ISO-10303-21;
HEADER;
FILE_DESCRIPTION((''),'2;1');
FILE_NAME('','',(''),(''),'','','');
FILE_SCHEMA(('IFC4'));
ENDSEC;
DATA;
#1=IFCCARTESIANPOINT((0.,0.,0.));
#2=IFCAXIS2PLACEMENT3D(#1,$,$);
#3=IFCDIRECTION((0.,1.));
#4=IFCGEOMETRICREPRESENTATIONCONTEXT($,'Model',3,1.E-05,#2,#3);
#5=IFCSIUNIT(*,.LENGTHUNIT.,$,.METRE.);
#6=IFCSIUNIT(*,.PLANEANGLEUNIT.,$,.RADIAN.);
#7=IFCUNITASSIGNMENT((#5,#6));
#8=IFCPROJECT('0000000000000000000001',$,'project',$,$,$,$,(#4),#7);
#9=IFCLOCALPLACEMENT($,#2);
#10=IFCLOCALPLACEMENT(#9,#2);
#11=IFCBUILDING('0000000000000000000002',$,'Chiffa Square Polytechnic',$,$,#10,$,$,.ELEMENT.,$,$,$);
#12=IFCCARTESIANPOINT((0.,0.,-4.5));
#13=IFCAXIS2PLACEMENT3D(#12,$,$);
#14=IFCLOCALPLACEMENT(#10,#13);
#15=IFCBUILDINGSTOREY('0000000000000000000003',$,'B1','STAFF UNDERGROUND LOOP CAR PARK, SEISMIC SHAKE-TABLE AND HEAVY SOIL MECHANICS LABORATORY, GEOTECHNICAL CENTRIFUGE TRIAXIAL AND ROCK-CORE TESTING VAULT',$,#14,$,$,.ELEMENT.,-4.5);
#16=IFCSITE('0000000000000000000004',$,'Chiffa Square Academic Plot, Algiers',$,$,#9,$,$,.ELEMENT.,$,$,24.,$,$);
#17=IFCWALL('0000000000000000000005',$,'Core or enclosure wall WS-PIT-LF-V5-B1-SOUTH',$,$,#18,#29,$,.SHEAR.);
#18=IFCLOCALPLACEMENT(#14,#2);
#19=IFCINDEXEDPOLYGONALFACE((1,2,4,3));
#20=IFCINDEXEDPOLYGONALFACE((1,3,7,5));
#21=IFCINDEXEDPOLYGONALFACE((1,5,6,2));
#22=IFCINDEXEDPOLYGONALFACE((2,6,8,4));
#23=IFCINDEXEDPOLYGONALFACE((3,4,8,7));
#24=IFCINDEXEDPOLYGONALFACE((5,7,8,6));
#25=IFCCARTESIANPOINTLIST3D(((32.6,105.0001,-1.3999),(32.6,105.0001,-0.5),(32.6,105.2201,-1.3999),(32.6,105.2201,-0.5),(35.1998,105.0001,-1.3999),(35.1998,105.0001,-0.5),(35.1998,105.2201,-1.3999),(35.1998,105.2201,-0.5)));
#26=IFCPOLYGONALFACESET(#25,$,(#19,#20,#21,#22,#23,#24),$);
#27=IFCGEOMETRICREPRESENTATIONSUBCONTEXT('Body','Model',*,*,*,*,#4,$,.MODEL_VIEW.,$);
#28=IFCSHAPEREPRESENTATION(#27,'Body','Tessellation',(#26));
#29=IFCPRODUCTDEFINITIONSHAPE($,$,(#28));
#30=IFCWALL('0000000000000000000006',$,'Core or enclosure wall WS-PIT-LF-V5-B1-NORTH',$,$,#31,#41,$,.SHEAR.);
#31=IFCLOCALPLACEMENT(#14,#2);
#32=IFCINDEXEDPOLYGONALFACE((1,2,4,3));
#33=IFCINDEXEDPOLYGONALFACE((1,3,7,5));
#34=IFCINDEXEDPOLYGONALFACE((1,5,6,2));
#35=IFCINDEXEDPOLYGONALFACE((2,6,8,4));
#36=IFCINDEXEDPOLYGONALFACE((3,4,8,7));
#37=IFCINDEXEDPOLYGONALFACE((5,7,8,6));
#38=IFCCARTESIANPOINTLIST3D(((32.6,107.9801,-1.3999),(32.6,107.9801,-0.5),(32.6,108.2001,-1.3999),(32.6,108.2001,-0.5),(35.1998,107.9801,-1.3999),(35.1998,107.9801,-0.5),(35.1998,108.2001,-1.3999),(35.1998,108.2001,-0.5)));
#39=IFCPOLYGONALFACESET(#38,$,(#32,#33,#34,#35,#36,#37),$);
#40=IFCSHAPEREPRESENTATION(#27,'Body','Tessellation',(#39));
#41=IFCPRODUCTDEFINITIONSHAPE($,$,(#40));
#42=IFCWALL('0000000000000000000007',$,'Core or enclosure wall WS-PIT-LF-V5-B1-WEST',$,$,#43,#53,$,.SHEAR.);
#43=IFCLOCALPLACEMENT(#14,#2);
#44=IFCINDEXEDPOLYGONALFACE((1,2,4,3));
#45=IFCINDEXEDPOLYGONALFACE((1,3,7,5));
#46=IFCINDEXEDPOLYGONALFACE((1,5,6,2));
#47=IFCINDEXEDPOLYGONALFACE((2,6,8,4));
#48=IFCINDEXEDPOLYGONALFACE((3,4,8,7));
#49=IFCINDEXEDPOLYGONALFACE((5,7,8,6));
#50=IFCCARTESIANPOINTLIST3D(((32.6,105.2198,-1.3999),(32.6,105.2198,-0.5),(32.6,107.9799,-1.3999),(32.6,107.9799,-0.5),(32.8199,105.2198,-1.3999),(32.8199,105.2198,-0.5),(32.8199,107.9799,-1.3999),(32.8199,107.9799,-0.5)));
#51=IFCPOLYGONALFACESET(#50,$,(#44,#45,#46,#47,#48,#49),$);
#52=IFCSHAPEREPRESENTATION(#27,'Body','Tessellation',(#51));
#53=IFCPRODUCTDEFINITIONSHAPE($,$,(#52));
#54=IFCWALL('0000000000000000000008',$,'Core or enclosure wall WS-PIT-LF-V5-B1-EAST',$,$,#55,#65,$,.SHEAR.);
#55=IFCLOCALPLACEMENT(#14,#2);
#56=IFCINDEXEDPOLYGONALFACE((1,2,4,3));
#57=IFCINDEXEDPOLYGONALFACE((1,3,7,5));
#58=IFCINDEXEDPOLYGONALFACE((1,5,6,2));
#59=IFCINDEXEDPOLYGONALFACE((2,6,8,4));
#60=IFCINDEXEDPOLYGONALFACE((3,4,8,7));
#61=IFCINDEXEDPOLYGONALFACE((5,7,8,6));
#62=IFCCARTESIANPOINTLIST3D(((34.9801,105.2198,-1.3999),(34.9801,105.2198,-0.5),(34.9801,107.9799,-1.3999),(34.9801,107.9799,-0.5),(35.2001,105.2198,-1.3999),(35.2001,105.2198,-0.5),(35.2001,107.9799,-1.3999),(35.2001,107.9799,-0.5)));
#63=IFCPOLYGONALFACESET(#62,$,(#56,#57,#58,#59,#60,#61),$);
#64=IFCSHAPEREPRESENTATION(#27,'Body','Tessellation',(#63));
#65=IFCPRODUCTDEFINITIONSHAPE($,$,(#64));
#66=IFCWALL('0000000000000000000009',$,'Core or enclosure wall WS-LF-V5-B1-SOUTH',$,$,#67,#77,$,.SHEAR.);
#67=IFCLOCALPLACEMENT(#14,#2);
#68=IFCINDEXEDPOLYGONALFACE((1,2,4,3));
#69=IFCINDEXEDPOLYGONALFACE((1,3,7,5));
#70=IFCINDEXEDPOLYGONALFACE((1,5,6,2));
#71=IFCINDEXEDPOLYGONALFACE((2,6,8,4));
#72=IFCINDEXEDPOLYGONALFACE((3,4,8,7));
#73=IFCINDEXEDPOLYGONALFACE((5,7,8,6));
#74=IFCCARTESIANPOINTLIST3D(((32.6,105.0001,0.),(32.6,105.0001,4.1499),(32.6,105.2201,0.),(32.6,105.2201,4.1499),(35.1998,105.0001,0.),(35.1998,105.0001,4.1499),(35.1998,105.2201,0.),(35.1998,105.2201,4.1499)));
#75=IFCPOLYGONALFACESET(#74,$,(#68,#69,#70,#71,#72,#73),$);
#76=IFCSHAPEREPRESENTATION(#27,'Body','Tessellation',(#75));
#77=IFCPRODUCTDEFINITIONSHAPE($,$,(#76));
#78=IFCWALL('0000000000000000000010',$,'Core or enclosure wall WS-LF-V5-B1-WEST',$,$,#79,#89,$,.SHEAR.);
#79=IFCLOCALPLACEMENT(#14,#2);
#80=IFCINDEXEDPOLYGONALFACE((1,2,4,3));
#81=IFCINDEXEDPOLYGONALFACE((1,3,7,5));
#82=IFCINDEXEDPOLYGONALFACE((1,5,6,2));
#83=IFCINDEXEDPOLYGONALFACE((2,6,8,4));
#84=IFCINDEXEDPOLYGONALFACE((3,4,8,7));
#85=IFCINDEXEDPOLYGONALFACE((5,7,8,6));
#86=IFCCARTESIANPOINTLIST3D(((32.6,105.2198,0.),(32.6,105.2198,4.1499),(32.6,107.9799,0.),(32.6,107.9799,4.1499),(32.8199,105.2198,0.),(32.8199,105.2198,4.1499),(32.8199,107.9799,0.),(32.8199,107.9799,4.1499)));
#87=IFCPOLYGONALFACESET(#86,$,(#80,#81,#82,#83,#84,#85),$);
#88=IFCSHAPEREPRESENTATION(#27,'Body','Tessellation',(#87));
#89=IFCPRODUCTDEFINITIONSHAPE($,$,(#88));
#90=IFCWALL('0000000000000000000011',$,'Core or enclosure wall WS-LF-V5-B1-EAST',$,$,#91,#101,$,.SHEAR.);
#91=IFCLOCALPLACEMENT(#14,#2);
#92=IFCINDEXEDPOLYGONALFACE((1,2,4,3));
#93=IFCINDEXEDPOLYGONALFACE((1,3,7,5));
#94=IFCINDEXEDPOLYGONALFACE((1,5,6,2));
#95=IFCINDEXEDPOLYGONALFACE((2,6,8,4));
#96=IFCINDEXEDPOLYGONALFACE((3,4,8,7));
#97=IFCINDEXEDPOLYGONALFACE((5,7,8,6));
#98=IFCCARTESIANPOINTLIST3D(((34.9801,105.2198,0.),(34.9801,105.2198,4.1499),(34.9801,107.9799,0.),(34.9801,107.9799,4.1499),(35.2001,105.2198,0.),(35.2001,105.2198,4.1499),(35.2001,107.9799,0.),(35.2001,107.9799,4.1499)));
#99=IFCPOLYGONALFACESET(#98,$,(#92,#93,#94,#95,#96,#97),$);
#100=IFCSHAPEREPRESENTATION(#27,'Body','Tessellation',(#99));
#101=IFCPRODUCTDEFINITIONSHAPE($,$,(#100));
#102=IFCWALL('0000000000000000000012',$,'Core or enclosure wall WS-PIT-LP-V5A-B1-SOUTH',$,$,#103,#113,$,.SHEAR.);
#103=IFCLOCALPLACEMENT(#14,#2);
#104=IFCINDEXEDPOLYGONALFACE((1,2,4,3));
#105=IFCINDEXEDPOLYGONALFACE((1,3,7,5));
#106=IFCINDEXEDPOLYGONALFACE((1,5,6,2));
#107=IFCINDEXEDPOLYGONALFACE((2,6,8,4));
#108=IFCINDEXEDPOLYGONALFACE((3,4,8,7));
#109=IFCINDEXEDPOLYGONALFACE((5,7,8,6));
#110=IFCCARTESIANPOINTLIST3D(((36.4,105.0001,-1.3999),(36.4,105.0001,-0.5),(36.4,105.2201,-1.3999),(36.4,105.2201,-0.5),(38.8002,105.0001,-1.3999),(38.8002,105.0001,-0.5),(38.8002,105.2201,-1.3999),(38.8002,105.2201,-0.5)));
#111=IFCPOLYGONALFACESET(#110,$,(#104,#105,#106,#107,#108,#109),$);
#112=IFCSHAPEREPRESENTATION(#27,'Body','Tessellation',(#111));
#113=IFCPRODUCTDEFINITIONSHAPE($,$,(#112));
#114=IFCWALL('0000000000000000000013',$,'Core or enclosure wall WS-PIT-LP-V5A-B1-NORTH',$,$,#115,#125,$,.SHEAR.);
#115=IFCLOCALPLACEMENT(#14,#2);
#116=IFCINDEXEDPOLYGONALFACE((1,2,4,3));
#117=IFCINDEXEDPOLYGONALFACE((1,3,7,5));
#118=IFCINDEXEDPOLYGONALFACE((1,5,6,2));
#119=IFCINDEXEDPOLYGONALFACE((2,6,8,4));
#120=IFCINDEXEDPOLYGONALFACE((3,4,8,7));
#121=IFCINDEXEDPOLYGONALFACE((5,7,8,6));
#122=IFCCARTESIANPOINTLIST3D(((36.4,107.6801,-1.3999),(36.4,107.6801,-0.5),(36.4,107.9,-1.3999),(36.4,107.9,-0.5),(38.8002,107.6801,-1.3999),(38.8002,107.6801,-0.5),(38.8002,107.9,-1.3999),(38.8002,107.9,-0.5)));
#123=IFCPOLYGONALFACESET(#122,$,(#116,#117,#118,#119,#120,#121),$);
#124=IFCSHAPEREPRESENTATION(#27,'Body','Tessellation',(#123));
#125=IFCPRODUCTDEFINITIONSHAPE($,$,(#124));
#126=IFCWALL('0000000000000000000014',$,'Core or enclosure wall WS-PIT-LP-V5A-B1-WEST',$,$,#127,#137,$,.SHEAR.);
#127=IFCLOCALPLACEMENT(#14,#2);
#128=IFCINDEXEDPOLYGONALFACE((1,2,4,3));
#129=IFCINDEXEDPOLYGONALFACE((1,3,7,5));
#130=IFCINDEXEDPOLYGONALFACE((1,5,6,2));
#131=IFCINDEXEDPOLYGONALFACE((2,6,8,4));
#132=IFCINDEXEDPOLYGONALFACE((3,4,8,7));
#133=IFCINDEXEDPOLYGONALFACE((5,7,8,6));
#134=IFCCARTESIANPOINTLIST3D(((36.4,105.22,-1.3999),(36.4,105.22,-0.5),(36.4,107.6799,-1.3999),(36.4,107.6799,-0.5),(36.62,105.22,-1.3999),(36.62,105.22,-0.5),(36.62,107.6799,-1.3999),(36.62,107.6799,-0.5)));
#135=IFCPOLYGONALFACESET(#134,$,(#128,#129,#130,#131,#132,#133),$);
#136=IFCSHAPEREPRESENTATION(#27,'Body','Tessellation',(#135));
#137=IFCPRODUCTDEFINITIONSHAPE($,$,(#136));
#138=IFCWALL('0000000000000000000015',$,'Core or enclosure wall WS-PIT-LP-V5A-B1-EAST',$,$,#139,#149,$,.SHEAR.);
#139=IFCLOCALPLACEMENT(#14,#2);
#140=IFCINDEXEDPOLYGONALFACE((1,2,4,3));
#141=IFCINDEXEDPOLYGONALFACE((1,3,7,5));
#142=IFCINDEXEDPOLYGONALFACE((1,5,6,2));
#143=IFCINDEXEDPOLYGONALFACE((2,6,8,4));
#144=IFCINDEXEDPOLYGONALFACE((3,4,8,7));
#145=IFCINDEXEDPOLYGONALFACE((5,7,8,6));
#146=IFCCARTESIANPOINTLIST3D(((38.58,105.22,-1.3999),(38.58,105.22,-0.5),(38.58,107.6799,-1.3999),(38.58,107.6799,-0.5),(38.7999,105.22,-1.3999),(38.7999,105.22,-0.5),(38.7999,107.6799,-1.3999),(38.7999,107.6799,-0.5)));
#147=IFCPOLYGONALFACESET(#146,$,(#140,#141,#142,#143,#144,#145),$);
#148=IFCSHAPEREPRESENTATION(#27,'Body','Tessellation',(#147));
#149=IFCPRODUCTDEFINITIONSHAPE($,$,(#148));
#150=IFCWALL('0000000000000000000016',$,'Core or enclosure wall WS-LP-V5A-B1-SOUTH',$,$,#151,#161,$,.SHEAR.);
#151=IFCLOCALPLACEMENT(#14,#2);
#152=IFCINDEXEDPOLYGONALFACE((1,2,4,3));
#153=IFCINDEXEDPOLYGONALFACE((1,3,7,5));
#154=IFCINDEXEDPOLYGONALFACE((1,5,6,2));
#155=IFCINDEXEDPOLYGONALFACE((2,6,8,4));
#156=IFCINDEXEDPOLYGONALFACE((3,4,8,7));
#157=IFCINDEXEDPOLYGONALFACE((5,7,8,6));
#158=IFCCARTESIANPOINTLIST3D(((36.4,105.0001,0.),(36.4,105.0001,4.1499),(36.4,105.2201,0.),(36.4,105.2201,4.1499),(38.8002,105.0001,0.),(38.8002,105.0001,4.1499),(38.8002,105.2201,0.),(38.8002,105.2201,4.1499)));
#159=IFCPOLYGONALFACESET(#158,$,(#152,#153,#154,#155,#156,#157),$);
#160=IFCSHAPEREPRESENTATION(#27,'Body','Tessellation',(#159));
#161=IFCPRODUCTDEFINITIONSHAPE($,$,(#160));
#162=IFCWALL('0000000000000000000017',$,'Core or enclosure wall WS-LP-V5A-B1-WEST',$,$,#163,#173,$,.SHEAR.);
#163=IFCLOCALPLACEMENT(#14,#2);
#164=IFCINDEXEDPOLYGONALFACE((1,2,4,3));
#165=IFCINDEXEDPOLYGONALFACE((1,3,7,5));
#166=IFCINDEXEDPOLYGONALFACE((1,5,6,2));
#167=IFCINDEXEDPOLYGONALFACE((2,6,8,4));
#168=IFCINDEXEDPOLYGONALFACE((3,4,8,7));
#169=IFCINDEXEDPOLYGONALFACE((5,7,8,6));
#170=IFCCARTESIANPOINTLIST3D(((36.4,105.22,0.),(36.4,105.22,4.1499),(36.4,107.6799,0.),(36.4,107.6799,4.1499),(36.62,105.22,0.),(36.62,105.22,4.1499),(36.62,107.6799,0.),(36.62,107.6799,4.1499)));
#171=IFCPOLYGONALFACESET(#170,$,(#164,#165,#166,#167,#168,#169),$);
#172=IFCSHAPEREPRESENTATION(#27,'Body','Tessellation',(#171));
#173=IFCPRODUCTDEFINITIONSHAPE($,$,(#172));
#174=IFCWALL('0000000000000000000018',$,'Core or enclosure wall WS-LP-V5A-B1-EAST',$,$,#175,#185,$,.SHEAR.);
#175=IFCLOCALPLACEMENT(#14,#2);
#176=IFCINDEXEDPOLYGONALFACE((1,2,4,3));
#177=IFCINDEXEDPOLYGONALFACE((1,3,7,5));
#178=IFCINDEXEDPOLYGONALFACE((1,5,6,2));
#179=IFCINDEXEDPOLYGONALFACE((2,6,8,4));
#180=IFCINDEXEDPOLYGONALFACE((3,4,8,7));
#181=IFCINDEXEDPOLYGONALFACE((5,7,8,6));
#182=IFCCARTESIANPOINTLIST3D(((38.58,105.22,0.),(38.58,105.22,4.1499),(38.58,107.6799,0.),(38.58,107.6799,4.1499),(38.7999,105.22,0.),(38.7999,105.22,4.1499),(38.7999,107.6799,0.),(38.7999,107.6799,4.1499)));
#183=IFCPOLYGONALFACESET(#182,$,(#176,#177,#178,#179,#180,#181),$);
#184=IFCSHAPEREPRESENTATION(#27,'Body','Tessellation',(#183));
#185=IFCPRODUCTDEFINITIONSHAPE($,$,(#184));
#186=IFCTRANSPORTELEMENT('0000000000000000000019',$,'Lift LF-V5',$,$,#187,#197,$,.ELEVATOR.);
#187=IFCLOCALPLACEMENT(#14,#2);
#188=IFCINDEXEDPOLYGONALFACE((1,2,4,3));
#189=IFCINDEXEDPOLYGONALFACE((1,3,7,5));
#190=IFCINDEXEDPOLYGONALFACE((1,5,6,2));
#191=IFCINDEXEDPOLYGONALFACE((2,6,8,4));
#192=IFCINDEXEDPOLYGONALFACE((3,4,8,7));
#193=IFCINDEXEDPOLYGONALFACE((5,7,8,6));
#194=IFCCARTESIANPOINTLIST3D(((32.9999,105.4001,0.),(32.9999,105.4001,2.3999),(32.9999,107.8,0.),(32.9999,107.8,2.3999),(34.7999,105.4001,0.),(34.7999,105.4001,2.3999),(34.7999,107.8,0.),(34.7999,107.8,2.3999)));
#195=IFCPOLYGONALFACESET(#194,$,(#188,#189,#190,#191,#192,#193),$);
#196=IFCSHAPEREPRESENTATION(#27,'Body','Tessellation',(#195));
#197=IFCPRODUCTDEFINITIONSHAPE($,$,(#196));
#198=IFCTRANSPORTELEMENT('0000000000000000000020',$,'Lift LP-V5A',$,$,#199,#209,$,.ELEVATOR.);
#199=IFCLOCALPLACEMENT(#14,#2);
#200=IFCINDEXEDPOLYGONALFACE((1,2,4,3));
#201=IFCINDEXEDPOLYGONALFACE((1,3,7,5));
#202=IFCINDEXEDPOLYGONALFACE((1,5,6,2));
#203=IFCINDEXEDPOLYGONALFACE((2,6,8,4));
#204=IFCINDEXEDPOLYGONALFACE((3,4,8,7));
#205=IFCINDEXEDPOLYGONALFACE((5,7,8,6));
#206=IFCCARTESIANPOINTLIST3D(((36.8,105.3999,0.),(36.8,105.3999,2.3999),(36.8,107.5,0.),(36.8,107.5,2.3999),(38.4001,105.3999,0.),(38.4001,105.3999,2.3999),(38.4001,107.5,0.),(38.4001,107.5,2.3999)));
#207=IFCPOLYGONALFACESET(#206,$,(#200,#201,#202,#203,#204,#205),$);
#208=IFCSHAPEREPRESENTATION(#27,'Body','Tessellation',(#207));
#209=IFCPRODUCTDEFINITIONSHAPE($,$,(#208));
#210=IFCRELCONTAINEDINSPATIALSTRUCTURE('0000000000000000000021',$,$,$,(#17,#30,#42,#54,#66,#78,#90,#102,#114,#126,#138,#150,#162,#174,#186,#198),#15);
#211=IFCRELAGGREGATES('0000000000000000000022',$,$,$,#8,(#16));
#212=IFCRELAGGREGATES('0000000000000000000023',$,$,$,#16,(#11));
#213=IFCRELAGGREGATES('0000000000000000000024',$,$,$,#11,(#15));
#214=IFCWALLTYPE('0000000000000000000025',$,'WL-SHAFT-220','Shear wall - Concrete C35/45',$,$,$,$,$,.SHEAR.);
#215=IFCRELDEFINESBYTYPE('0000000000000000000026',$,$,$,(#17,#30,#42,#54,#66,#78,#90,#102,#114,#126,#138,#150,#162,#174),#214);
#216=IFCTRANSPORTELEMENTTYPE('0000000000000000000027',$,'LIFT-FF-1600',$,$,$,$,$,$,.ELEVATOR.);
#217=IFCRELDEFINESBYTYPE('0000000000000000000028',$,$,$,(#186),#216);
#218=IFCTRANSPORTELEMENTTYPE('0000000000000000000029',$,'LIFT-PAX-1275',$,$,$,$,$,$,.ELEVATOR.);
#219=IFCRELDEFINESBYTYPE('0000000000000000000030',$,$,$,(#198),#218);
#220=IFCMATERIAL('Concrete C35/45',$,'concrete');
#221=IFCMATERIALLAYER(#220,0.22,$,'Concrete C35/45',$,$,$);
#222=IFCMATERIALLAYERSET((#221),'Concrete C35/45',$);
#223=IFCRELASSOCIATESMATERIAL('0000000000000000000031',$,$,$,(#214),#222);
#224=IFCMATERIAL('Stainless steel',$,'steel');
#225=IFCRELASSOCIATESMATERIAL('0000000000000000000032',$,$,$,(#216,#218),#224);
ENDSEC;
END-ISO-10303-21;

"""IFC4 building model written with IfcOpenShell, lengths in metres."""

from ifc_helpers import new_model, si_unit, direction, frame, frame_2d, origin, origin_2d, place, context, subcontext, project, spatial, rectangle, extrude, material, layer, layer_set, type_object, element, save


model = new_model("IFC4")

# Units and contexts
model_context = context("Model", 3, precision=1e-05, world=origin(), true_north=direction((0.0, 1.0)))
body_context = subcontext(model_context, "Body", "Model", "MODEL_VIEW")
ifc_project = project(units=[si_unit("LENGTHUNIT", "METRE"), si_unit("PLANEANGLEUNIT", "RADIAN")], contexts=[model_context])

# Site, building, storey
site_placement = place(None, origin())
site = spatial("IfcSite", under=ifc_project, at=site_placement, Name="Chiffa Square Academic Plot, Algiers", CompositionType="ELEMENT", RefElevation=24.0)
building_placement = place(site_placement, origin())
building = spatial("IfcBuilding", under=site, at=building_placement, Name="Chiffa Square Polytechnic", CompositionType="ELEMENT")
storey_placement = place(building_placement, frame((0.0, 0.0, -4.5)))
storey = spatial("IfcBuildingStorey", under=building, at=storey_placement, Name="B1", Description="STAFF UNDERGROUND LOOP CAR PARK, SEISMIC SHAKE-TABLE AND HEAVY SOIL MECHANICS LABORATORY, GEOTECHNICAL CENTRIFUGE TRIAXIAL AND ROCK-CORE TESTING VAULT", CompositionType="ELEMENT", Elevation=-4.5)

# Shared definitions
ifc_material_1 = material(Name="Concrete C35/45", Category="concrete")

# Walls
ifc_layer_1 = layer(ifc_material_1, 0.22, Name="Concrete C35/45")
ifc_layer_set_1 = layer_set([ifc_layer_1], Name="Concrete C35/45")
wall_type_1 = type_object("IfcWallType", Name="WL-SHAFT-220", Description="Shear wall - Concrete C35/45", PredefinedType="SHEAR", material=ifc_layer_set_1)
for number, where, z_axis, x_axis, name in (
    (1, (32.6001, 105.1101, -1.3999), (0.0, 0.0, 1.0), (1.0, 0.0, 0.0), "Core or enclosure wall WS-PIT-LF-V5-B1-SOUTH"),
    (2, (32.6001, 108.0901, -1.3999), (0.0, 0.0, 1.0), (1.0, 0.0, 0.0), "Core or enclosure wall WS-PIT-LF-V5-B1-NORTH"),
):
    element("IfcWall", number, at=place(storey_placement, frame(where, z_axis=z_axis, x_axis=x_axis)), inside=storey, type_object=wall_type_1, Name=name, PredefinedType="SHEAR", context=body_context, shape_type="SweptSolid", body=[
        extrude(rectangle(XDim=2.5999, YDim=0.22, at=frame_2d((1.2998, 0.0))), origin(), (0.0, 0.0, 1.0), 0.8999),
    ])
for number, where, z_axis, x_axis, name in (
    (3, (32.71, 105.22, -1.3999), (0.0, 0.0, 1.0), (0.0, 1.0, 0.0), "Core or enclosure wall WS-PIT-LF-V5-B1-WEST"),
    (4, (35.0901, 105.22, -1.3999), (0.0, 0.0, 1.0), (0.0, 1.0, 0.0), "Core or enclosure wall WS-PIT-LF-V5-B1-EAST"),
):
    element("IfcWall", number, at=place(storey_placement, frame(where, z_axis=z_axis, x_axis=x_axis)), inside=storey, type_object=wall_type_1, Name=name, PredefinedType="SHEAR", context=body_context, shape_type="SweptSolid", body=[
        extrude(rectangle(XDim=2.76, YDim=0.22, at=frame_2d((1.3799, 0.0))), origin(), (0.0, 0.0, 1.0), 0.8999),
    ])
wall_1_placement = place(storey_placement, frame((32.6001, 105.1101, 0.0), z_axis=(0.0, 0.0, 1.0), x_axis=(1.0, 0.0, 0.0)))
element("IfcWall", 5, at=wall_1_placement, inside=storey, type_object=wall_type_1, Name="Core or enclosure wall WS-LF-V5-B1-SOUTH", PredefinedType="SHEAR", context=body_context, shape_type="SweptSolid", body=[
    extrude(rectangle(XDim=2.5999, YDim=0.22, at=frame_2d((1.2998, 0.0))), origin(), (0.0, 0.0, 1.0), 4.1499),
])

# Walls
for number, where, z_axis, x_axis, name in (
    (6, (32.71, 105.22, 0.0), (0.0, 0.0, 1.0), (0.0, 1.0, 0.0), "Core or enclosure wall WS-LF-V5-B1-WEST"),
    (7, (35.0901, 105.22, 0.0), (0.0, 0.0, 1.0), (0.0, 1.0, 0.0), "Core or enclosure wall WS-LF-V5-B1-EAST"),
):
    element("IfcWall", number, at=place(storey_placement, frame(where, z_axis=z_axis, x_axis=x_axis)), inside=storey, type_object=wall_type_1, Name=name, PredefinedType="SHEAR", context=body_context, shape_type="SweptSolid", body=[
        extrude(rectangle(XDim=2.76, YDim=0.22, at=frame_2d((1.3799, 0.0))), origin(), (0.0, 0.0, 1.0), 4.1499),
    ])
for number, where, z_axis, x_axis, name in (
    (8, (36.3999, 105.1101, -1.3999), (0.0, 0.0, 1.0), (1.0, 0.0, 0.0), "Core or enclosure wall WS-PIT-LP-V5A-B1-SOUTH"),
    (9, (36.3999, 107.79, -1.3999), (0.0, 0.0, 1.0), (1.0, 0.0, 0.0), "Core or enclosure wall WS-PIT-LP-V5A-B1-NORTH"),
):
    element("IfcWall", number, at=place(storey_placement, frame(where, z_axis=z_axis, x_axis=x_axis)), inside=storey, type_object=wall_type_1, Name=name, PredefinedType="SHEAR", context=body_context, shape_type="SweptSolid", body=[
        extrude(rectangle(XDim=2.4001, YDim=0.22, at=frame_2d((1.2002, 0.0))), origin(), (0.0, 0.0, 1.0), 0.8999),
    ])
for number, where, z_axis, x_axis, name in (
    (10, (36.51, 105.22, -1.3999), (0.0, 0.0, 1.0), (0.0, 1.0, 0.0), "Core or enclosure wall WS-PIT-LP-V5A-B1-WEST"),
    (11, (38.6899, 105.22, -1.3999), (0.0, 0.0, 1.0), (0.0, 1.0, 0.0), "Core or enclosure wall WS-PIT-LP-V5A-B1-EAST"),
):
    element("IfcWall", number, at=place(storey_placement, frame(where, z_axis=z_axis, x_axis=x_axis)), inside=storey, type_object=wall_type_1, Name=name, PredefinedType="SHEAR", context=body_context, shape_type="SweptSolid", body=[
        extrude(rectangle(XDim=2.46, YDim=0.22, at=frame_2d((1.23, 0.0))), origin(), (0.0, 0.0, 1.0), 0.8999),
    ])
wall_2_placement = place(storey_placement, frame((36.3999, 105.1101, 0.0), z_axis=(0.0, 0.0, 1.0), x_axis=(1.0, 0.0, 0.0)))
element("IfcWall", 12, at=wall_2_placement, inside=storey, type_object=wall_type_1, Name="Core or enclosure wall WS-LP-V5A-B1-SOUTH", PredefinedType="SHEAR", context=body_context, shape_type="SweptSolid", body=[
    extrude(rectangle(XDim=2.4001, YDim=0.22, at=frame_2d((1.2002, 0.0))), origin(), (0.0, 0.0, 1.0), 4.1499),
])

# Walls
for number, where, z_axis, x_axis, name in (
    (13, (36.51, 105.22, 0.0), (0.0, 0.0, 1.0), (0.0, 1.0, 0.0), "Core or enclosure wall WS-LP-V5A-B1-WEST"),
    (14, (38.6899, 105.22, 0.0), (0.0, 0.0, 1.0), (0.0, 1.0, 0.0), "Core or enclosure wall WS-LP-V5A-B1-EAST"),
):
    element("IfcWall", number, at=place(storey_placement, frame(where, z_axis=z_axis, x_axis=x_axis)), inside=storey, type_object=wall_type_1, Name=name, PredefinedType="SHEAR", context=body_context, shape_type="SweptSolid", body=[
        extrude(rectangle(XDim=2.46, YDim=0.22, at=frame_2d((1.23, 0.0))), origin(), (0.0, 0.0, 1.0), 4.1499),
    ])

# Transport elements
ifc_material_2 = material(Name="Stainless steel", Category="steel")
transport_element_type_1 = type_object("IfcTransportElementType", Name="LIFT-FF-1600", PredefinedType="ELEVATOR", material=ifc_material_2)
transport_element_1_placement = place(storey_placement, frame((33.8999, 106.6001, 0.0), z_axis=(0.0, 0.0, 1.0), x_axis=(1.0, 0.0, 0.0)))
element("IfcTransportElement", 15, at=transport_element_1_placement, inside=storey, type_object=transport_element_type_1, Name="Lift LF-V5", PredefinedType="ELEVATOR", context=body_context, shape_type="SweptSolid", body=[
    extrude(rectangle(XDim=1.8, YDim=2.3999, at=origin_2d()), origin(), (0.0, 0.0, 1.0), 2.3999),
])
transport_element_type_2 = type_object("IfcTransportElementType", Name="LIFT-PAX-1275", PredefinedType="ELEVATOR", material=ifc_material_2)
transport_element_2_placement = place(storey_placement, frame((37.6001, 106.45, 0.0), z_axis=(0.0, 0.0, 1.0), x_axis=(1.0, 0.0, 0.0)))
element("IfcTransportElement", 16, at=transport_element_2_placement, inside=storey, type_object=transport_element_type_2, Name="Lift LP-V5A", PredefinedType="ELEVATOR", context=body_context, shape_type="SweptSolid", body=[
    extrude(rectangle(XDim=1.6001, YDim=2.1001, at=origin_2d()), origin(), (0.0, 0.0, 1.0), 2.3999),
])

save(model, "model.ifc")
